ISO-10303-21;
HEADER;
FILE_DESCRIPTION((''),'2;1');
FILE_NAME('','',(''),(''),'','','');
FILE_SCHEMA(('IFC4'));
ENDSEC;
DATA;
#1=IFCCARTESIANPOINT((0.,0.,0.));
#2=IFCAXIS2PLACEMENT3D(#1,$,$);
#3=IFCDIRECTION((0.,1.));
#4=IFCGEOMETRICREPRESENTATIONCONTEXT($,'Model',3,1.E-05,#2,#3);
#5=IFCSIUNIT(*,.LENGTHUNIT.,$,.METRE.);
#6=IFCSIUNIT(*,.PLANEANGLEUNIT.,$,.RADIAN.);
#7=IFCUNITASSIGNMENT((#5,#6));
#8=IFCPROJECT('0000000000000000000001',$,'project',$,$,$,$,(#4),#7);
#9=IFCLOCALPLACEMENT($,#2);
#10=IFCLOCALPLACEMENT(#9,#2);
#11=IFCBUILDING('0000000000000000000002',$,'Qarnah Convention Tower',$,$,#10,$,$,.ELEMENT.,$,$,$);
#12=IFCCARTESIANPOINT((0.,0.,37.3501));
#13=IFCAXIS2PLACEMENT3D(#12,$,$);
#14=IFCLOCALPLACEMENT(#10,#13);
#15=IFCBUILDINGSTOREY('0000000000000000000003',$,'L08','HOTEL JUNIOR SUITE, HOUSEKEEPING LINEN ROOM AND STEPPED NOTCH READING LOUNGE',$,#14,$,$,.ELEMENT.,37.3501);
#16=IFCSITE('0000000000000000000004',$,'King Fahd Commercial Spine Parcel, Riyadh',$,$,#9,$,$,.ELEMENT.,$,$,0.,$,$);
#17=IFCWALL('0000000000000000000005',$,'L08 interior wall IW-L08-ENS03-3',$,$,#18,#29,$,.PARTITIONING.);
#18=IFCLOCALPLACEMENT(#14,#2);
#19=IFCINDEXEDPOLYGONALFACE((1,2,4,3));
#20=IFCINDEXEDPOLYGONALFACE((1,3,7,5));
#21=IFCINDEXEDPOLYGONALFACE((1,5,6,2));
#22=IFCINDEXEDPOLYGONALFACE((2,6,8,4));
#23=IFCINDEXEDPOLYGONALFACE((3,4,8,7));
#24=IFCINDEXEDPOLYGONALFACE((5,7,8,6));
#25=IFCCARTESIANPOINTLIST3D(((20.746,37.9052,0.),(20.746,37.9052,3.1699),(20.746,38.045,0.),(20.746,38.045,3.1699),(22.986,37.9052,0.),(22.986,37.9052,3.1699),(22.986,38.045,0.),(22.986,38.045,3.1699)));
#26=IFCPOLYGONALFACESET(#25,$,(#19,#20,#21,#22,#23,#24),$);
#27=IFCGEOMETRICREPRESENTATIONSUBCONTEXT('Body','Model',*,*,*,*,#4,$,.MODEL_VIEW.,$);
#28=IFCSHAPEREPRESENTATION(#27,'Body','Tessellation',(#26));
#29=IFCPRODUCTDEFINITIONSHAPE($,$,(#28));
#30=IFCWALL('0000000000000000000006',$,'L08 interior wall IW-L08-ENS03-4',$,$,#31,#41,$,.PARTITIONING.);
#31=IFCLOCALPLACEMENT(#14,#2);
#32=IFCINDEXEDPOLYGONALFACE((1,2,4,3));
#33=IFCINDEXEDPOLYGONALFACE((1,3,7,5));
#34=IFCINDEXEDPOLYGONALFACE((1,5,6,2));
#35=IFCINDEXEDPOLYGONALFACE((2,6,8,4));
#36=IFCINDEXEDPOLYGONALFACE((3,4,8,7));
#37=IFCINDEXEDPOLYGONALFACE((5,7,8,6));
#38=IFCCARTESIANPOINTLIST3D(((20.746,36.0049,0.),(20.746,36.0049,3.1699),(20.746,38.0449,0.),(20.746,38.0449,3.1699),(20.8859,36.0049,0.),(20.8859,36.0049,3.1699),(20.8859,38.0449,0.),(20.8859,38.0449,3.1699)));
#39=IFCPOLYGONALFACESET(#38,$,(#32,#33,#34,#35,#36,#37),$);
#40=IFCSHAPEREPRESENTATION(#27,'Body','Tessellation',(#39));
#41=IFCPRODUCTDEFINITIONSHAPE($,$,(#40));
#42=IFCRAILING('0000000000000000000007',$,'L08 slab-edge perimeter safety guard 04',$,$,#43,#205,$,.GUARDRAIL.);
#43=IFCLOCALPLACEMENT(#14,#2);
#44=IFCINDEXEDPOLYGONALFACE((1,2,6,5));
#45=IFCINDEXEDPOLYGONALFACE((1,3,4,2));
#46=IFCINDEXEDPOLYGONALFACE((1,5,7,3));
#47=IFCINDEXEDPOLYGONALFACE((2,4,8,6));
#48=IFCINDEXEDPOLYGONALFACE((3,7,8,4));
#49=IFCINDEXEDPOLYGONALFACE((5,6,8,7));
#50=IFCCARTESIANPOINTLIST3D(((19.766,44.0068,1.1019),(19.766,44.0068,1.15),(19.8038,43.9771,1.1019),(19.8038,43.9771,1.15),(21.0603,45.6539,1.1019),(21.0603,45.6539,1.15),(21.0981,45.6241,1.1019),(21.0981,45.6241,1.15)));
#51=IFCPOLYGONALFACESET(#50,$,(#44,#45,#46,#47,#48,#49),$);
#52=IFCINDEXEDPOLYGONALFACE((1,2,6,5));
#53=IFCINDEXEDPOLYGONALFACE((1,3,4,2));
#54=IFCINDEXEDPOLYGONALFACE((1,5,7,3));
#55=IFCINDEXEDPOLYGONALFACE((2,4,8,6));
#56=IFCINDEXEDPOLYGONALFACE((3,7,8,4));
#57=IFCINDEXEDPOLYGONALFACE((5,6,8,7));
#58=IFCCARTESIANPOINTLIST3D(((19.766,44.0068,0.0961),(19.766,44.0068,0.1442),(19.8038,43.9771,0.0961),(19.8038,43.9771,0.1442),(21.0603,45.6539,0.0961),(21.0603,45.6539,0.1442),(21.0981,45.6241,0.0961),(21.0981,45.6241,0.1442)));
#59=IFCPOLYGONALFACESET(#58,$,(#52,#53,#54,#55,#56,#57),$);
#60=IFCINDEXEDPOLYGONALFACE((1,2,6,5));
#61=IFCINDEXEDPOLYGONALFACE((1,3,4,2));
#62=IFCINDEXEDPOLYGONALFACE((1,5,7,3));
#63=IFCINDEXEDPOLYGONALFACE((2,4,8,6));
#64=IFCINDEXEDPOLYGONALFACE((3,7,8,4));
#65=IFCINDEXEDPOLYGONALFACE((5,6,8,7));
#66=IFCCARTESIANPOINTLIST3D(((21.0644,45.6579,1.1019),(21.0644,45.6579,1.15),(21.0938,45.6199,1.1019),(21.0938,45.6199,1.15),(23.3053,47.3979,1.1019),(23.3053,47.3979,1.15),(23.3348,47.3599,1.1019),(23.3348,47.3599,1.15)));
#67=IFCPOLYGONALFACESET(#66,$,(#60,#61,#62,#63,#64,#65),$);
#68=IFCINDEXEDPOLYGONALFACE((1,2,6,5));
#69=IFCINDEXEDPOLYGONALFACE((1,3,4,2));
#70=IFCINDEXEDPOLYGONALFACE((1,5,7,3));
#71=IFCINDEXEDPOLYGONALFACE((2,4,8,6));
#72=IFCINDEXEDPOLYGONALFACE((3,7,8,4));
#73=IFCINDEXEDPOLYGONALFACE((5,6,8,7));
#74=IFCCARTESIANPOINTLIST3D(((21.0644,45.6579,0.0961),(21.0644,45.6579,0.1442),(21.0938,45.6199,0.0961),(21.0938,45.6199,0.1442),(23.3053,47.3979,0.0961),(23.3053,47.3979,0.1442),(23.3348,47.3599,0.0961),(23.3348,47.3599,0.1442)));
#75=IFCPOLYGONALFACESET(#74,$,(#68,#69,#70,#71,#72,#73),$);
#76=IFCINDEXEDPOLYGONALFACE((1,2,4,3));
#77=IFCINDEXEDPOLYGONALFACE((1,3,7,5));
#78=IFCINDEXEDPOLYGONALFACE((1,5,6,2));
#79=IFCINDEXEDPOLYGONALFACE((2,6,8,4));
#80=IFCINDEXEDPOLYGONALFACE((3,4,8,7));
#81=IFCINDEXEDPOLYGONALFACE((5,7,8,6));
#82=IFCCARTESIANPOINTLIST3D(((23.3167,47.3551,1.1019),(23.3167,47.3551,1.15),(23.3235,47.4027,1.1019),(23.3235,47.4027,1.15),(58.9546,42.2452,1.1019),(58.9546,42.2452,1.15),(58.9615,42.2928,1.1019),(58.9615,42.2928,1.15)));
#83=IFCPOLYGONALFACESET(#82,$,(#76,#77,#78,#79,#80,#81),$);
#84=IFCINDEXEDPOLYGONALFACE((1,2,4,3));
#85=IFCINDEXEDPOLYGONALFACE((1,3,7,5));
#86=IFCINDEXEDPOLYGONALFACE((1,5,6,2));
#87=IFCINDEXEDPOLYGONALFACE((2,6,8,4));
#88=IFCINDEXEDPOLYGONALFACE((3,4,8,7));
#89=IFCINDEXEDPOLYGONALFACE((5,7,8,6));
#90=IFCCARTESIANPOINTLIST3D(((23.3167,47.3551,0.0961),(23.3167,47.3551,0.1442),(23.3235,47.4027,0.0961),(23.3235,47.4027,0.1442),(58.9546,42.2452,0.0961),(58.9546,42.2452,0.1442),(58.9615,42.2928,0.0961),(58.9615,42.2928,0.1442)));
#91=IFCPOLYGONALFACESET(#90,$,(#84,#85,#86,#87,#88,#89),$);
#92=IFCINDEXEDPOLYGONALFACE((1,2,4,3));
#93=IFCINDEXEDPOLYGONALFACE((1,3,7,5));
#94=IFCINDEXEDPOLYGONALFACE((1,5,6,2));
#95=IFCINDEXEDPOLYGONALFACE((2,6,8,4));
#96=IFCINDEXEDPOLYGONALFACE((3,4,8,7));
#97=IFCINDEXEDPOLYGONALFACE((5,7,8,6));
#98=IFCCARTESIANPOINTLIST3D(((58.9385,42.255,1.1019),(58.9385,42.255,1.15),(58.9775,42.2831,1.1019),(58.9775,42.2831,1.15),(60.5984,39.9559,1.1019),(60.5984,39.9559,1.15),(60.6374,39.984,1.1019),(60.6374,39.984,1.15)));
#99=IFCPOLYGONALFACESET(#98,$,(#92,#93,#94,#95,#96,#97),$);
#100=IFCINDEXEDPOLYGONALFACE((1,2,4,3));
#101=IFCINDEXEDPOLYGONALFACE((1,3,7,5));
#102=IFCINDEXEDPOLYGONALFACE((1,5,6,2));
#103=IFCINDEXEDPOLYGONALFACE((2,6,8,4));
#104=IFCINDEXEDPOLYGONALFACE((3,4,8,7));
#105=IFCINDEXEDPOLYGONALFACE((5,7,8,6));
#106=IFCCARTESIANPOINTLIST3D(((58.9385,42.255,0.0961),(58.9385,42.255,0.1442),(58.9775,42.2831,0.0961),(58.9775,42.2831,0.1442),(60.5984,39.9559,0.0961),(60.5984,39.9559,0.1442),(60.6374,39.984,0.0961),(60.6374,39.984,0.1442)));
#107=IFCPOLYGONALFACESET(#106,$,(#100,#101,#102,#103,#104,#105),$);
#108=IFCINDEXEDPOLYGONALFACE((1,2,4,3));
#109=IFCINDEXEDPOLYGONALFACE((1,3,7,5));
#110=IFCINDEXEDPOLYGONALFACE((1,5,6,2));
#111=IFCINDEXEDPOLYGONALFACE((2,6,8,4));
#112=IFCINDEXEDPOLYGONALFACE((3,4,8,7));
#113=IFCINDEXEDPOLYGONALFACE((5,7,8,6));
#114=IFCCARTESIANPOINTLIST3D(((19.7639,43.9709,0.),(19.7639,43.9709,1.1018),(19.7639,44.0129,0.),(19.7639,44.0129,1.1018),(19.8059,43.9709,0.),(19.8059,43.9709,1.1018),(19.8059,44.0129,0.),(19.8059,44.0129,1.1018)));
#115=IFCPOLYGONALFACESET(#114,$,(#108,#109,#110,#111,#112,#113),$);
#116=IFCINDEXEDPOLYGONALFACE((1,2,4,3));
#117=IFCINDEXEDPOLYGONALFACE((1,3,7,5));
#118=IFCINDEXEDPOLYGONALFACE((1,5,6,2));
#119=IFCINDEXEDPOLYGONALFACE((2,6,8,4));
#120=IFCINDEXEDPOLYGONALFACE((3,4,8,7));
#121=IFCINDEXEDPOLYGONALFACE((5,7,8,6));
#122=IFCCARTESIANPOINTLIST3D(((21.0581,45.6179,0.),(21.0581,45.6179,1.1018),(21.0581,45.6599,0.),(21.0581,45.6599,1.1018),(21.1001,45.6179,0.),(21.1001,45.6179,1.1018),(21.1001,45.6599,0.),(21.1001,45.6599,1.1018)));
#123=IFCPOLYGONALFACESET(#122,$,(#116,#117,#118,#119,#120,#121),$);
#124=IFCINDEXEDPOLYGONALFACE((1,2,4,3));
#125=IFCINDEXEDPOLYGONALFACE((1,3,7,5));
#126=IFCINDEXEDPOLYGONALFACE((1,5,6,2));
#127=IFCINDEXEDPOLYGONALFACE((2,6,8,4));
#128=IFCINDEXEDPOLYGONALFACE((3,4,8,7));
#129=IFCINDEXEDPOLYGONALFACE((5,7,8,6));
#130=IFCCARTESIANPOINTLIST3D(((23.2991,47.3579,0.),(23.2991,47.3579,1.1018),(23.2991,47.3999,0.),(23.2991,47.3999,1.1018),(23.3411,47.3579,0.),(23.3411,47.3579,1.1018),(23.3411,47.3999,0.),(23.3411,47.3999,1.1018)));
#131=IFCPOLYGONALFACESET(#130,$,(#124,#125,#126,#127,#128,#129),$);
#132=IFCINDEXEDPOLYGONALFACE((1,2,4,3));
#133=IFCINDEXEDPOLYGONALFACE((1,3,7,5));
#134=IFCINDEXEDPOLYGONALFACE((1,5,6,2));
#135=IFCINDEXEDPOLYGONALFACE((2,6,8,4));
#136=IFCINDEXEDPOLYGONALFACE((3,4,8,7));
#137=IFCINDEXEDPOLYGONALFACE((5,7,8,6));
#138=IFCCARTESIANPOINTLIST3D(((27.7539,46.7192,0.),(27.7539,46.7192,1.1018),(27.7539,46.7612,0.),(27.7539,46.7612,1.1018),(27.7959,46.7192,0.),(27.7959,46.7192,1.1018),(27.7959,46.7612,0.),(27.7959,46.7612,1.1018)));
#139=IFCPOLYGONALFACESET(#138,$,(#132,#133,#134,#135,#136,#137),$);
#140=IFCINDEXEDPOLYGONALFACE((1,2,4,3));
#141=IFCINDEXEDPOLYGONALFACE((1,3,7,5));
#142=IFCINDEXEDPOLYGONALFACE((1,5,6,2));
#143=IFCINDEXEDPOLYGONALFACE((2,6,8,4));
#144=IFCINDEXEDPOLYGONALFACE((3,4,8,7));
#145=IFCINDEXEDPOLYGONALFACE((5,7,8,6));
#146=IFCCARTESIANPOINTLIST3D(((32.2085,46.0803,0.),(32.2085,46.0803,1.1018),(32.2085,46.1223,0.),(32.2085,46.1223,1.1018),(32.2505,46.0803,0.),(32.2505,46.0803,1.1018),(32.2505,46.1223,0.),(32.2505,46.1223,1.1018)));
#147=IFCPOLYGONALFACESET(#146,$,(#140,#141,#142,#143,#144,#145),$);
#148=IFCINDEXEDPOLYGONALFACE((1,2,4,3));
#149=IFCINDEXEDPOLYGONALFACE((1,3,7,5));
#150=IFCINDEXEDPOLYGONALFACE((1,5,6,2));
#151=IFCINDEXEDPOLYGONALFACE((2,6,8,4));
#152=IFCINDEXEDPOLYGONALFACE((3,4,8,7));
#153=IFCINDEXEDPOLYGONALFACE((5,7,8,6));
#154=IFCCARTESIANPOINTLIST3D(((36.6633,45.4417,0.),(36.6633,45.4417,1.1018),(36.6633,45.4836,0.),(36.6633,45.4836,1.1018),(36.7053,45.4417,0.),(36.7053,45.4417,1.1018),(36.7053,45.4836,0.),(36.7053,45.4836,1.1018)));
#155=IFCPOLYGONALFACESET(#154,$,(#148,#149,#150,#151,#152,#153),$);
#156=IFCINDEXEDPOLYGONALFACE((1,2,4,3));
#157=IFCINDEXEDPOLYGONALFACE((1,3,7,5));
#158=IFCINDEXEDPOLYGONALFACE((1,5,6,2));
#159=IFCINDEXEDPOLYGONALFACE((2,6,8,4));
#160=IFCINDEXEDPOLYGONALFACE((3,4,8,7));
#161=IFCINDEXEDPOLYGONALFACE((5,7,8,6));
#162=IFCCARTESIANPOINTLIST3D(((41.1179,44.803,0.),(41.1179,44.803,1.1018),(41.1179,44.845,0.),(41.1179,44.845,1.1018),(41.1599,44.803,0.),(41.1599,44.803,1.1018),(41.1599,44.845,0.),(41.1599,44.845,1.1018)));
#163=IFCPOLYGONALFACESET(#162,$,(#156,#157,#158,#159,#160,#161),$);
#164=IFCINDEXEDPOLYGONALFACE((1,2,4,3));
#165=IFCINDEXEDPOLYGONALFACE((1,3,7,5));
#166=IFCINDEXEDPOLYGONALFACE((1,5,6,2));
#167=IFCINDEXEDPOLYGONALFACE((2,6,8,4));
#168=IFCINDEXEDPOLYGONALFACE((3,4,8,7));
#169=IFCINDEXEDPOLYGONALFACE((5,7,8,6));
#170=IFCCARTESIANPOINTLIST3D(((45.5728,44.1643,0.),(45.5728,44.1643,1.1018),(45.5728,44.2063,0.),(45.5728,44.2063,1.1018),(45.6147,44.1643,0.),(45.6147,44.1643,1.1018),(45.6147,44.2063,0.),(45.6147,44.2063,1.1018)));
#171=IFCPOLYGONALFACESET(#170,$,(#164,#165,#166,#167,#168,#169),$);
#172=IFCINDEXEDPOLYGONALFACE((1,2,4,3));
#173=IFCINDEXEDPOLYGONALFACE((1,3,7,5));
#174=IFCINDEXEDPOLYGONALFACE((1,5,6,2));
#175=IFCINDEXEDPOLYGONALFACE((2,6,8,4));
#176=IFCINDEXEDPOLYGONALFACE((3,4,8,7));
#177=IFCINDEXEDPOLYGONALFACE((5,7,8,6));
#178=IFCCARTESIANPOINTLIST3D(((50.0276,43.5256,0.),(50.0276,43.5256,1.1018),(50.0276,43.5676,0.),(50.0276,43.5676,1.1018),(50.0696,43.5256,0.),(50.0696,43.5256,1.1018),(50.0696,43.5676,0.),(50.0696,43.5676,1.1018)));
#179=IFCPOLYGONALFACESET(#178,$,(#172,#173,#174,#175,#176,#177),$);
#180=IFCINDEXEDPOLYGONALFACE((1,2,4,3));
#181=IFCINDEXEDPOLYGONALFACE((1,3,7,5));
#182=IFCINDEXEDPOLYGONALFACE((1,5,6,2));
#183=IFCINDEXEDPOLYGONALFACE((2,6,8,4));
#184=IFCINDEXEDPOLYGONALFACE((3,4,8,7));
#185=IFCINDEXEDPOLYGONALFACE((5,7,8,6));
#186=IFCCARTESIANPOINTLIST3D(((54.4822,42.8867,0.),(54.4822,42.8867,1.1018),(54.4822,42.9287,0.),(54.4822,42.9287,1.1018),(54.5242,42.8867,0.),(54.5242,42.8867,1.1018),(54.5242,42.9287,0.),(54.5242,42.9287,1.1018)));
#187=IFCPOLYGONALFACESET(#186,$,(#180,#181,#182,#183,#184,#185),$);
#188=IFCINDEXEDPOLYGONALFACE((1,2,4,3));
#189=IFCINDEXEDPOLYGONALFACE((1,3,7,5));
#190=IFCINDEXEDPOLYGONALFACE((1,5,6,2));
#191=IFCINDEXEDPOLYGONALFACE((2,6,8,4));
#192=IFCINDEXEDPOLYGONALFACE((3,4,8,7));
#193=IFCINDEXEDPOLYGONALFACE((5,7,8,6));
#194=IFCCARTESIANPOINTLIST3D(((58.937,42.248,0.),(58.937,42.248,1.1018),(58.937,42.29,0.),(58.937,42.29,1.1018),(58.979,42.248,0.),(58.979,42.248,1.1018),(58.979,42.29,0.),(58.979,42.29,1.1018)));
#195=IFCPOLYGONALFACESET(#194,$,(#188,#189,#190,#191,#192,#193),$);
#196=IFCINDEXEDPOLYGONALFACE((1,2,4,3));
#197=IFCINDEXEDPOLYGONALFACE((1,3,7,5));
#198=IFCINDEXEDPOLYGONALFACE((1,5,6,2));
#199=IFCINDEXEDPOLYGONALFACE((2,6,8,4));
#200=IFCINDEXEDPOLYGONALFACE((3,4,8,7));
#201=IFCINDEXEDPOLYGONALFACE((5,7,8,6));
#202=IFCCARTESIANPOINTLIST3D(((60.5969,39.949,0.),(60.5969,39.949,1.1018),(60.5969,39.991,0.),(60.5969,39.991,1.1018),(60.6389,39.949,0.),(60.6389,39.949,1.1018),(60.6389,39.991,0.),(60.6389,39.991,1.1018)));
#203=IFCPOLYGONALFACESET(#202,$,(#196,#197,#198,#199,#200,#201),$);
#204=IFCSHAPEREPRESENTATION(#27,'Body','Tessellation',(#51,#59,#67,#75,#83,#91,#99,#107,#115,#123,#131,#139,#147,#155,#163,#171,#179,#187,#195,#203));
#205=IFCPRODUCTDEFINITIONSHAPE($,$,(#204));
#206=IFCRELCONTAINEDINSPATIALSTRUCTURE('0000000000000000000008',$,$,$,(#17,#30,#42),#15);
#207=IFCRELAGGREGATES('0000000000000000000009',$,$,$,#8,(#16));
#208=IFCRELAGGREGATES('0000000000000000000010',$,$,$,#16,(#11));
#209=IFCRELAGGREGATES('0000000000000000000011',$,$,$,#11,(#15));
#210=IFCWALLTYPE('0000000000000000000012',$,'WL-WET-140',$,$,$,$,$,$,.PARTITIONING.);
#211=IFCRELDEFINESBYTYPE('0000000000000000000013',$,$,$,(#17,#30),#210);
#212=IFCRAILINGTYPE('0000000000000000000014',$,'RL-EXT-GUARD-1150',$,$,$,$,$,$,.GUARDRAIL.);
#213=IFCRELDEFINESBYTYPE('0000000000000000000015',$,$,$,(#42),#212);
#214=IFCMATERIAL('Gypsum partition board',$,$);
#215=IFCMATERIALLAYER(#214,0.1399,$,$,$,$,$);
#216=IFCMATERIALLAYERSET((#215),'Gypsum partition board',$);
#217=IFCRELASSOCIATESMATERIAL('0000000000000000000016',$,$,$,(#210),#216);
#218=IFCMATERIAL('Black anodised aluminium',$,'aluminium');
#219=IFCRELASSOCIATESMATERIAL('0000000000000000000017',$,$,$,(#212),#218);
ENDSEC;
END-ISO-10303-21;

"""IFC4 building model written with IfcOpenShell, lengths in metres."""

from ifc_helpers import new_model, si_unit, direction, frame, frame_2d, origin, origin_2d, place, context, subcontext, project, spatial, rectangle, extrude, material, layer, layer_set, type_object, element, save


model = new_model("IFC4")

# Units and contexts
model_context = context("Model", 3, precision=1e-05, world=origin(), true_north=direction((0.0, 1.0)))
body_context = subcontext(model_context, "Body", "Model", "MODEL_VIEW")
ifc_project = project(units=[si_unit("LENGTHUNIT", "METRE"), si_unit("PLANEANGLEUNIT", "RADIAN")], contexts=[model_context])

# Site, building, storey
site_placement = place(None, origin())
site = spatial("IfcSite", under=ifc_project, at=site_placement, Name="King Fahd Commercial Spine Parcel, Riyadh", CompositionType="ELEMENT", RefElevation=0.0)
building_placement = place(site_placement, origin())
building = spatial("IfcBuilding", under=site, at=building_placement, Name="Qarnah Convention Tower", CompositionType="ELEMENT")
storey_placement = place(building_placement, frame((0.0, 0.0, 37.3501)))
storey = spatial("IfcBuildingStorey", under=building, at=storey_placement, Name="L08", Description="HOTEL JUNIOR SUITE, HOUSEKEEPING LINEN ROOM AND STEPPED NOTCH READING LOUNGE", CompositionType="ELEMENT", Elevation=37.3501)

# Shared definitions
ifc_material_1 = material(Name="Black anodised aluminium", Category="aluminium")

# Shared definitions
ifc_material_2 = material(Name="Gypsum partition board")

# Shared definitions
ifc_layer_1 = layer(ifc_material_2, 0.1399)
ifc_layer_set_1 = layer_set([ifc_layer_1], Name="Gypsum partition board")
wall_type_1 = type_object("IfcWallType", Name="WL-WET-140", PredefinedType="PARTITIONING", material=ifc_layer_set_1)

# Walls
wall_1_placement = place(storey_placement, frame((22.9861, 37.9751, 0.0), z_axis=(0.0, 0.0, 1.0), x_axis=(-1.0, 0.0, 0.0)))
element("IfcWall", 1, at=wall_1_placement, inside=storey, type_object=wall_type_1, Name="L08 interior wall IW-L08-ENS03-3", PredefinedType="PARTITIONING", context=body_context, shape_type="SweptSolid", body=[
    extrude(rectangle(XDim=2.24, YDim=0.1399, at=frame_2d((1.1201, 0.0))), origin(), (0.0, 0.0, 1.0), 3.1699),
])
wall_2_placement = place(storey_placement, frame((20.8159, 38.0449, 0.0), z_axis=(0.0, 0.0, 1.0), x_axis=(0.0, -1.0, 0.0)))
element("IfcWall", 2, at=wall_2_placement, inside=storey, type_object=wall_type_1, Name="L08 interior wall IW-L08-ENS03-4", PredefinedType="PARTITIONING", context=body_context, shape_type="SweptSolid", body=[
    extrude(rectangle(XDim=2.04, YDim=0.1399, at=frame_2d((1.02, 0.0))), origin(), (0.0, 0.0, 1.0), 3.1699),
])

# Railing
railing_type = type_object("IfcRailingType", Name="RL-EXT-GUARD-1150", PredefinedType="GUARDRAIL", material=ifc_material_1)
railing_1_placement = place(storey_placement, frame((19.7849, 43.9919, 0.0)))
element("IfcRailing", 3, at=railing_1_placement, inside=storey, type_object=railing_type, Name="L08 slab-edge perimeter safety guard 04", PredefinedType="GUARDRAIL", context=body_context, shape_type="SweptSolid", body=[
    extrude(rectangle(XDim=0.0481, YDim=0.0481, at=origin_2d()), frame((0.0, 0.0, 1.126), z_axis=(0.617863, 0.786286, 0.0), x_axis=(-0.786286, 0.617863, 0.0)), (0.0, 0.0, 1.0), 2.0947),
    extrude(rectangle(XDim=0.0481, YDim=0.0481, at=origin_2d()), frame((0.0, 0.0, 0.1201), z_axis=(0.617863, 0.786286, 0.0), x_axis=(-0.786286, 0.617863, 0.0)), (0.0, 0.0, 1.0), 2.0947),
    extrude(rectangle(XDim=0.0481, YDim=0.0481, at=origin_2d()), frame((1.2942, 1.647, 1.126), z_axis=(0.789862, 0.613285, 0.0), x_axis=(-0.613285, 0.789862, 0.0)), (0.0, 0.0, 1.0), 2.8372),
    extrude(rectangle(XDim=0.0481, YDim=0.0481, at=origin_2d()), frame((1.2942, 1.647, 0.1201), z_axis=(0.789862, 0.613285, 0.0), x_axis=(-0.613285, 0.789862, 0.0)), (0.0, 0.0, 1.0), 2.8372),
    extrude(rectangle(XDim=0.0481, YDim=0.0481, at=origin_2d()), frame((3.5352, 3.387, 1.126), z_axis=(0.989877, -0.141931, 0.0), x_axis=(0.141931, 0.989877, 0.0)), (0.0, 0.0, 1.0), 36.0024),
    extrude(rectangle(XDim=0.0481, YDim=0.0481, at=origin_2d()), frame((3.5352, 3.387, 0.1201), z_axis=(0.989877, -0.141931, 0.0), x_axis=(0.141931, 0.989877, 0.0)), (0.0, 0.0, 1.0), 36.0024),
    extrude(rectangle(XDim=0.0481, YDim=0.0481, at=origin_2d()), frame((39.1731, -1.7229, 1.126), z_axis=(0.585368, -0.810768, 0.0), x_axis=(0.810768, 0.585368, 0.0)), (0.0, 0.0, 1.0), 2.8357),
    extrude(rectangle(XDim=0.0481, YDim=0.0481, at=origin_2d()), frame((39.1731, -1.7229, 0.1201), z_axis=(0.585368, -0.810768, 0.0), x_axis=(0.810768, 0.585368, 0.0)), (0.0, 0.0, 1.0), 2.8357),
    extrude(rectangle(XDim=0.042, YDim=0.042, at=origin_2d()), origin(), (0.0, 0.0, 1.0), 1.1018),
    extrude(rectangle(XDim=0.042, YDim=0.042, at=origin_2d()), frame((1.2942, 1.647, 0.0)), (0.0, 0.0, 1.0), 1.1018),
    extrude(rectangle(XDim=0.042, YDim=0.042, at=origin_2d()), frame((3.5352, 3.387, 0.0)), (0.0, 0.0, 1.0), 1.1018),
    extrude(rectangle(XDim=0.042, YDim=0.042, at=origin_2d()), frame((7.99, 2.7483, 0.0)), (0.0, 0.0, 1.0), 1.1018),
    extrude(rectangle(XDim=0.042, YDim=0.042, at=origin_2d()), frame((12.4446, 2.1094, 0.0)), (0.0, 0.0, 1.0), 1.1018),
    extrude(rectangle(XDim=0.042, YDim=0.042, at=origin_2d()), frame((16.8994, 1.4707, 0.0)), (0.0, 0.0, 1.0), 1.1018),
    extrude(rectangle(XDim=0.042, YDim=0.042, at=origin_2d()), frame((21.354, 0.832, 0.0)), (0.0, 0.0, 1.0), 1.1018),
    extrude(rectangle(XDim=0.042, YDim=0.042, at=origin_2d()), frame((25.8088, 0.1934, 0.0)), (0.0, 0.0, 1.0), 1.1018),
    extrude(rectangle(XDim=0.042, YDim=0.042, at=origin_2d()), frame((30.2637, -0.4453, 0.0)), (0.0, 0.0, 1.0), 1.1018),
    extrude(rectangle(XDim=0.042, YDim=0.042, at=origin_2d()), frame((34.7183, -1.0842, 0.0)), (0.0, 0.0, 1.0), 1.1018),
    extrude(rectangle(XDim=0.042, YDim=0.042, at=origin_2d()), frame((39.1731, -1.7229, 0.0)), (0.0, 0.0, 1.0), 1.1018),
    extrude(rectangle(XDim=0.042, YDim=0.042, at=origin_2d()), frame((40.833, -4.022, 0.0)), (0.0, 0.0, 1.0), 1.1018),
])

save(model, "model.ifc")
